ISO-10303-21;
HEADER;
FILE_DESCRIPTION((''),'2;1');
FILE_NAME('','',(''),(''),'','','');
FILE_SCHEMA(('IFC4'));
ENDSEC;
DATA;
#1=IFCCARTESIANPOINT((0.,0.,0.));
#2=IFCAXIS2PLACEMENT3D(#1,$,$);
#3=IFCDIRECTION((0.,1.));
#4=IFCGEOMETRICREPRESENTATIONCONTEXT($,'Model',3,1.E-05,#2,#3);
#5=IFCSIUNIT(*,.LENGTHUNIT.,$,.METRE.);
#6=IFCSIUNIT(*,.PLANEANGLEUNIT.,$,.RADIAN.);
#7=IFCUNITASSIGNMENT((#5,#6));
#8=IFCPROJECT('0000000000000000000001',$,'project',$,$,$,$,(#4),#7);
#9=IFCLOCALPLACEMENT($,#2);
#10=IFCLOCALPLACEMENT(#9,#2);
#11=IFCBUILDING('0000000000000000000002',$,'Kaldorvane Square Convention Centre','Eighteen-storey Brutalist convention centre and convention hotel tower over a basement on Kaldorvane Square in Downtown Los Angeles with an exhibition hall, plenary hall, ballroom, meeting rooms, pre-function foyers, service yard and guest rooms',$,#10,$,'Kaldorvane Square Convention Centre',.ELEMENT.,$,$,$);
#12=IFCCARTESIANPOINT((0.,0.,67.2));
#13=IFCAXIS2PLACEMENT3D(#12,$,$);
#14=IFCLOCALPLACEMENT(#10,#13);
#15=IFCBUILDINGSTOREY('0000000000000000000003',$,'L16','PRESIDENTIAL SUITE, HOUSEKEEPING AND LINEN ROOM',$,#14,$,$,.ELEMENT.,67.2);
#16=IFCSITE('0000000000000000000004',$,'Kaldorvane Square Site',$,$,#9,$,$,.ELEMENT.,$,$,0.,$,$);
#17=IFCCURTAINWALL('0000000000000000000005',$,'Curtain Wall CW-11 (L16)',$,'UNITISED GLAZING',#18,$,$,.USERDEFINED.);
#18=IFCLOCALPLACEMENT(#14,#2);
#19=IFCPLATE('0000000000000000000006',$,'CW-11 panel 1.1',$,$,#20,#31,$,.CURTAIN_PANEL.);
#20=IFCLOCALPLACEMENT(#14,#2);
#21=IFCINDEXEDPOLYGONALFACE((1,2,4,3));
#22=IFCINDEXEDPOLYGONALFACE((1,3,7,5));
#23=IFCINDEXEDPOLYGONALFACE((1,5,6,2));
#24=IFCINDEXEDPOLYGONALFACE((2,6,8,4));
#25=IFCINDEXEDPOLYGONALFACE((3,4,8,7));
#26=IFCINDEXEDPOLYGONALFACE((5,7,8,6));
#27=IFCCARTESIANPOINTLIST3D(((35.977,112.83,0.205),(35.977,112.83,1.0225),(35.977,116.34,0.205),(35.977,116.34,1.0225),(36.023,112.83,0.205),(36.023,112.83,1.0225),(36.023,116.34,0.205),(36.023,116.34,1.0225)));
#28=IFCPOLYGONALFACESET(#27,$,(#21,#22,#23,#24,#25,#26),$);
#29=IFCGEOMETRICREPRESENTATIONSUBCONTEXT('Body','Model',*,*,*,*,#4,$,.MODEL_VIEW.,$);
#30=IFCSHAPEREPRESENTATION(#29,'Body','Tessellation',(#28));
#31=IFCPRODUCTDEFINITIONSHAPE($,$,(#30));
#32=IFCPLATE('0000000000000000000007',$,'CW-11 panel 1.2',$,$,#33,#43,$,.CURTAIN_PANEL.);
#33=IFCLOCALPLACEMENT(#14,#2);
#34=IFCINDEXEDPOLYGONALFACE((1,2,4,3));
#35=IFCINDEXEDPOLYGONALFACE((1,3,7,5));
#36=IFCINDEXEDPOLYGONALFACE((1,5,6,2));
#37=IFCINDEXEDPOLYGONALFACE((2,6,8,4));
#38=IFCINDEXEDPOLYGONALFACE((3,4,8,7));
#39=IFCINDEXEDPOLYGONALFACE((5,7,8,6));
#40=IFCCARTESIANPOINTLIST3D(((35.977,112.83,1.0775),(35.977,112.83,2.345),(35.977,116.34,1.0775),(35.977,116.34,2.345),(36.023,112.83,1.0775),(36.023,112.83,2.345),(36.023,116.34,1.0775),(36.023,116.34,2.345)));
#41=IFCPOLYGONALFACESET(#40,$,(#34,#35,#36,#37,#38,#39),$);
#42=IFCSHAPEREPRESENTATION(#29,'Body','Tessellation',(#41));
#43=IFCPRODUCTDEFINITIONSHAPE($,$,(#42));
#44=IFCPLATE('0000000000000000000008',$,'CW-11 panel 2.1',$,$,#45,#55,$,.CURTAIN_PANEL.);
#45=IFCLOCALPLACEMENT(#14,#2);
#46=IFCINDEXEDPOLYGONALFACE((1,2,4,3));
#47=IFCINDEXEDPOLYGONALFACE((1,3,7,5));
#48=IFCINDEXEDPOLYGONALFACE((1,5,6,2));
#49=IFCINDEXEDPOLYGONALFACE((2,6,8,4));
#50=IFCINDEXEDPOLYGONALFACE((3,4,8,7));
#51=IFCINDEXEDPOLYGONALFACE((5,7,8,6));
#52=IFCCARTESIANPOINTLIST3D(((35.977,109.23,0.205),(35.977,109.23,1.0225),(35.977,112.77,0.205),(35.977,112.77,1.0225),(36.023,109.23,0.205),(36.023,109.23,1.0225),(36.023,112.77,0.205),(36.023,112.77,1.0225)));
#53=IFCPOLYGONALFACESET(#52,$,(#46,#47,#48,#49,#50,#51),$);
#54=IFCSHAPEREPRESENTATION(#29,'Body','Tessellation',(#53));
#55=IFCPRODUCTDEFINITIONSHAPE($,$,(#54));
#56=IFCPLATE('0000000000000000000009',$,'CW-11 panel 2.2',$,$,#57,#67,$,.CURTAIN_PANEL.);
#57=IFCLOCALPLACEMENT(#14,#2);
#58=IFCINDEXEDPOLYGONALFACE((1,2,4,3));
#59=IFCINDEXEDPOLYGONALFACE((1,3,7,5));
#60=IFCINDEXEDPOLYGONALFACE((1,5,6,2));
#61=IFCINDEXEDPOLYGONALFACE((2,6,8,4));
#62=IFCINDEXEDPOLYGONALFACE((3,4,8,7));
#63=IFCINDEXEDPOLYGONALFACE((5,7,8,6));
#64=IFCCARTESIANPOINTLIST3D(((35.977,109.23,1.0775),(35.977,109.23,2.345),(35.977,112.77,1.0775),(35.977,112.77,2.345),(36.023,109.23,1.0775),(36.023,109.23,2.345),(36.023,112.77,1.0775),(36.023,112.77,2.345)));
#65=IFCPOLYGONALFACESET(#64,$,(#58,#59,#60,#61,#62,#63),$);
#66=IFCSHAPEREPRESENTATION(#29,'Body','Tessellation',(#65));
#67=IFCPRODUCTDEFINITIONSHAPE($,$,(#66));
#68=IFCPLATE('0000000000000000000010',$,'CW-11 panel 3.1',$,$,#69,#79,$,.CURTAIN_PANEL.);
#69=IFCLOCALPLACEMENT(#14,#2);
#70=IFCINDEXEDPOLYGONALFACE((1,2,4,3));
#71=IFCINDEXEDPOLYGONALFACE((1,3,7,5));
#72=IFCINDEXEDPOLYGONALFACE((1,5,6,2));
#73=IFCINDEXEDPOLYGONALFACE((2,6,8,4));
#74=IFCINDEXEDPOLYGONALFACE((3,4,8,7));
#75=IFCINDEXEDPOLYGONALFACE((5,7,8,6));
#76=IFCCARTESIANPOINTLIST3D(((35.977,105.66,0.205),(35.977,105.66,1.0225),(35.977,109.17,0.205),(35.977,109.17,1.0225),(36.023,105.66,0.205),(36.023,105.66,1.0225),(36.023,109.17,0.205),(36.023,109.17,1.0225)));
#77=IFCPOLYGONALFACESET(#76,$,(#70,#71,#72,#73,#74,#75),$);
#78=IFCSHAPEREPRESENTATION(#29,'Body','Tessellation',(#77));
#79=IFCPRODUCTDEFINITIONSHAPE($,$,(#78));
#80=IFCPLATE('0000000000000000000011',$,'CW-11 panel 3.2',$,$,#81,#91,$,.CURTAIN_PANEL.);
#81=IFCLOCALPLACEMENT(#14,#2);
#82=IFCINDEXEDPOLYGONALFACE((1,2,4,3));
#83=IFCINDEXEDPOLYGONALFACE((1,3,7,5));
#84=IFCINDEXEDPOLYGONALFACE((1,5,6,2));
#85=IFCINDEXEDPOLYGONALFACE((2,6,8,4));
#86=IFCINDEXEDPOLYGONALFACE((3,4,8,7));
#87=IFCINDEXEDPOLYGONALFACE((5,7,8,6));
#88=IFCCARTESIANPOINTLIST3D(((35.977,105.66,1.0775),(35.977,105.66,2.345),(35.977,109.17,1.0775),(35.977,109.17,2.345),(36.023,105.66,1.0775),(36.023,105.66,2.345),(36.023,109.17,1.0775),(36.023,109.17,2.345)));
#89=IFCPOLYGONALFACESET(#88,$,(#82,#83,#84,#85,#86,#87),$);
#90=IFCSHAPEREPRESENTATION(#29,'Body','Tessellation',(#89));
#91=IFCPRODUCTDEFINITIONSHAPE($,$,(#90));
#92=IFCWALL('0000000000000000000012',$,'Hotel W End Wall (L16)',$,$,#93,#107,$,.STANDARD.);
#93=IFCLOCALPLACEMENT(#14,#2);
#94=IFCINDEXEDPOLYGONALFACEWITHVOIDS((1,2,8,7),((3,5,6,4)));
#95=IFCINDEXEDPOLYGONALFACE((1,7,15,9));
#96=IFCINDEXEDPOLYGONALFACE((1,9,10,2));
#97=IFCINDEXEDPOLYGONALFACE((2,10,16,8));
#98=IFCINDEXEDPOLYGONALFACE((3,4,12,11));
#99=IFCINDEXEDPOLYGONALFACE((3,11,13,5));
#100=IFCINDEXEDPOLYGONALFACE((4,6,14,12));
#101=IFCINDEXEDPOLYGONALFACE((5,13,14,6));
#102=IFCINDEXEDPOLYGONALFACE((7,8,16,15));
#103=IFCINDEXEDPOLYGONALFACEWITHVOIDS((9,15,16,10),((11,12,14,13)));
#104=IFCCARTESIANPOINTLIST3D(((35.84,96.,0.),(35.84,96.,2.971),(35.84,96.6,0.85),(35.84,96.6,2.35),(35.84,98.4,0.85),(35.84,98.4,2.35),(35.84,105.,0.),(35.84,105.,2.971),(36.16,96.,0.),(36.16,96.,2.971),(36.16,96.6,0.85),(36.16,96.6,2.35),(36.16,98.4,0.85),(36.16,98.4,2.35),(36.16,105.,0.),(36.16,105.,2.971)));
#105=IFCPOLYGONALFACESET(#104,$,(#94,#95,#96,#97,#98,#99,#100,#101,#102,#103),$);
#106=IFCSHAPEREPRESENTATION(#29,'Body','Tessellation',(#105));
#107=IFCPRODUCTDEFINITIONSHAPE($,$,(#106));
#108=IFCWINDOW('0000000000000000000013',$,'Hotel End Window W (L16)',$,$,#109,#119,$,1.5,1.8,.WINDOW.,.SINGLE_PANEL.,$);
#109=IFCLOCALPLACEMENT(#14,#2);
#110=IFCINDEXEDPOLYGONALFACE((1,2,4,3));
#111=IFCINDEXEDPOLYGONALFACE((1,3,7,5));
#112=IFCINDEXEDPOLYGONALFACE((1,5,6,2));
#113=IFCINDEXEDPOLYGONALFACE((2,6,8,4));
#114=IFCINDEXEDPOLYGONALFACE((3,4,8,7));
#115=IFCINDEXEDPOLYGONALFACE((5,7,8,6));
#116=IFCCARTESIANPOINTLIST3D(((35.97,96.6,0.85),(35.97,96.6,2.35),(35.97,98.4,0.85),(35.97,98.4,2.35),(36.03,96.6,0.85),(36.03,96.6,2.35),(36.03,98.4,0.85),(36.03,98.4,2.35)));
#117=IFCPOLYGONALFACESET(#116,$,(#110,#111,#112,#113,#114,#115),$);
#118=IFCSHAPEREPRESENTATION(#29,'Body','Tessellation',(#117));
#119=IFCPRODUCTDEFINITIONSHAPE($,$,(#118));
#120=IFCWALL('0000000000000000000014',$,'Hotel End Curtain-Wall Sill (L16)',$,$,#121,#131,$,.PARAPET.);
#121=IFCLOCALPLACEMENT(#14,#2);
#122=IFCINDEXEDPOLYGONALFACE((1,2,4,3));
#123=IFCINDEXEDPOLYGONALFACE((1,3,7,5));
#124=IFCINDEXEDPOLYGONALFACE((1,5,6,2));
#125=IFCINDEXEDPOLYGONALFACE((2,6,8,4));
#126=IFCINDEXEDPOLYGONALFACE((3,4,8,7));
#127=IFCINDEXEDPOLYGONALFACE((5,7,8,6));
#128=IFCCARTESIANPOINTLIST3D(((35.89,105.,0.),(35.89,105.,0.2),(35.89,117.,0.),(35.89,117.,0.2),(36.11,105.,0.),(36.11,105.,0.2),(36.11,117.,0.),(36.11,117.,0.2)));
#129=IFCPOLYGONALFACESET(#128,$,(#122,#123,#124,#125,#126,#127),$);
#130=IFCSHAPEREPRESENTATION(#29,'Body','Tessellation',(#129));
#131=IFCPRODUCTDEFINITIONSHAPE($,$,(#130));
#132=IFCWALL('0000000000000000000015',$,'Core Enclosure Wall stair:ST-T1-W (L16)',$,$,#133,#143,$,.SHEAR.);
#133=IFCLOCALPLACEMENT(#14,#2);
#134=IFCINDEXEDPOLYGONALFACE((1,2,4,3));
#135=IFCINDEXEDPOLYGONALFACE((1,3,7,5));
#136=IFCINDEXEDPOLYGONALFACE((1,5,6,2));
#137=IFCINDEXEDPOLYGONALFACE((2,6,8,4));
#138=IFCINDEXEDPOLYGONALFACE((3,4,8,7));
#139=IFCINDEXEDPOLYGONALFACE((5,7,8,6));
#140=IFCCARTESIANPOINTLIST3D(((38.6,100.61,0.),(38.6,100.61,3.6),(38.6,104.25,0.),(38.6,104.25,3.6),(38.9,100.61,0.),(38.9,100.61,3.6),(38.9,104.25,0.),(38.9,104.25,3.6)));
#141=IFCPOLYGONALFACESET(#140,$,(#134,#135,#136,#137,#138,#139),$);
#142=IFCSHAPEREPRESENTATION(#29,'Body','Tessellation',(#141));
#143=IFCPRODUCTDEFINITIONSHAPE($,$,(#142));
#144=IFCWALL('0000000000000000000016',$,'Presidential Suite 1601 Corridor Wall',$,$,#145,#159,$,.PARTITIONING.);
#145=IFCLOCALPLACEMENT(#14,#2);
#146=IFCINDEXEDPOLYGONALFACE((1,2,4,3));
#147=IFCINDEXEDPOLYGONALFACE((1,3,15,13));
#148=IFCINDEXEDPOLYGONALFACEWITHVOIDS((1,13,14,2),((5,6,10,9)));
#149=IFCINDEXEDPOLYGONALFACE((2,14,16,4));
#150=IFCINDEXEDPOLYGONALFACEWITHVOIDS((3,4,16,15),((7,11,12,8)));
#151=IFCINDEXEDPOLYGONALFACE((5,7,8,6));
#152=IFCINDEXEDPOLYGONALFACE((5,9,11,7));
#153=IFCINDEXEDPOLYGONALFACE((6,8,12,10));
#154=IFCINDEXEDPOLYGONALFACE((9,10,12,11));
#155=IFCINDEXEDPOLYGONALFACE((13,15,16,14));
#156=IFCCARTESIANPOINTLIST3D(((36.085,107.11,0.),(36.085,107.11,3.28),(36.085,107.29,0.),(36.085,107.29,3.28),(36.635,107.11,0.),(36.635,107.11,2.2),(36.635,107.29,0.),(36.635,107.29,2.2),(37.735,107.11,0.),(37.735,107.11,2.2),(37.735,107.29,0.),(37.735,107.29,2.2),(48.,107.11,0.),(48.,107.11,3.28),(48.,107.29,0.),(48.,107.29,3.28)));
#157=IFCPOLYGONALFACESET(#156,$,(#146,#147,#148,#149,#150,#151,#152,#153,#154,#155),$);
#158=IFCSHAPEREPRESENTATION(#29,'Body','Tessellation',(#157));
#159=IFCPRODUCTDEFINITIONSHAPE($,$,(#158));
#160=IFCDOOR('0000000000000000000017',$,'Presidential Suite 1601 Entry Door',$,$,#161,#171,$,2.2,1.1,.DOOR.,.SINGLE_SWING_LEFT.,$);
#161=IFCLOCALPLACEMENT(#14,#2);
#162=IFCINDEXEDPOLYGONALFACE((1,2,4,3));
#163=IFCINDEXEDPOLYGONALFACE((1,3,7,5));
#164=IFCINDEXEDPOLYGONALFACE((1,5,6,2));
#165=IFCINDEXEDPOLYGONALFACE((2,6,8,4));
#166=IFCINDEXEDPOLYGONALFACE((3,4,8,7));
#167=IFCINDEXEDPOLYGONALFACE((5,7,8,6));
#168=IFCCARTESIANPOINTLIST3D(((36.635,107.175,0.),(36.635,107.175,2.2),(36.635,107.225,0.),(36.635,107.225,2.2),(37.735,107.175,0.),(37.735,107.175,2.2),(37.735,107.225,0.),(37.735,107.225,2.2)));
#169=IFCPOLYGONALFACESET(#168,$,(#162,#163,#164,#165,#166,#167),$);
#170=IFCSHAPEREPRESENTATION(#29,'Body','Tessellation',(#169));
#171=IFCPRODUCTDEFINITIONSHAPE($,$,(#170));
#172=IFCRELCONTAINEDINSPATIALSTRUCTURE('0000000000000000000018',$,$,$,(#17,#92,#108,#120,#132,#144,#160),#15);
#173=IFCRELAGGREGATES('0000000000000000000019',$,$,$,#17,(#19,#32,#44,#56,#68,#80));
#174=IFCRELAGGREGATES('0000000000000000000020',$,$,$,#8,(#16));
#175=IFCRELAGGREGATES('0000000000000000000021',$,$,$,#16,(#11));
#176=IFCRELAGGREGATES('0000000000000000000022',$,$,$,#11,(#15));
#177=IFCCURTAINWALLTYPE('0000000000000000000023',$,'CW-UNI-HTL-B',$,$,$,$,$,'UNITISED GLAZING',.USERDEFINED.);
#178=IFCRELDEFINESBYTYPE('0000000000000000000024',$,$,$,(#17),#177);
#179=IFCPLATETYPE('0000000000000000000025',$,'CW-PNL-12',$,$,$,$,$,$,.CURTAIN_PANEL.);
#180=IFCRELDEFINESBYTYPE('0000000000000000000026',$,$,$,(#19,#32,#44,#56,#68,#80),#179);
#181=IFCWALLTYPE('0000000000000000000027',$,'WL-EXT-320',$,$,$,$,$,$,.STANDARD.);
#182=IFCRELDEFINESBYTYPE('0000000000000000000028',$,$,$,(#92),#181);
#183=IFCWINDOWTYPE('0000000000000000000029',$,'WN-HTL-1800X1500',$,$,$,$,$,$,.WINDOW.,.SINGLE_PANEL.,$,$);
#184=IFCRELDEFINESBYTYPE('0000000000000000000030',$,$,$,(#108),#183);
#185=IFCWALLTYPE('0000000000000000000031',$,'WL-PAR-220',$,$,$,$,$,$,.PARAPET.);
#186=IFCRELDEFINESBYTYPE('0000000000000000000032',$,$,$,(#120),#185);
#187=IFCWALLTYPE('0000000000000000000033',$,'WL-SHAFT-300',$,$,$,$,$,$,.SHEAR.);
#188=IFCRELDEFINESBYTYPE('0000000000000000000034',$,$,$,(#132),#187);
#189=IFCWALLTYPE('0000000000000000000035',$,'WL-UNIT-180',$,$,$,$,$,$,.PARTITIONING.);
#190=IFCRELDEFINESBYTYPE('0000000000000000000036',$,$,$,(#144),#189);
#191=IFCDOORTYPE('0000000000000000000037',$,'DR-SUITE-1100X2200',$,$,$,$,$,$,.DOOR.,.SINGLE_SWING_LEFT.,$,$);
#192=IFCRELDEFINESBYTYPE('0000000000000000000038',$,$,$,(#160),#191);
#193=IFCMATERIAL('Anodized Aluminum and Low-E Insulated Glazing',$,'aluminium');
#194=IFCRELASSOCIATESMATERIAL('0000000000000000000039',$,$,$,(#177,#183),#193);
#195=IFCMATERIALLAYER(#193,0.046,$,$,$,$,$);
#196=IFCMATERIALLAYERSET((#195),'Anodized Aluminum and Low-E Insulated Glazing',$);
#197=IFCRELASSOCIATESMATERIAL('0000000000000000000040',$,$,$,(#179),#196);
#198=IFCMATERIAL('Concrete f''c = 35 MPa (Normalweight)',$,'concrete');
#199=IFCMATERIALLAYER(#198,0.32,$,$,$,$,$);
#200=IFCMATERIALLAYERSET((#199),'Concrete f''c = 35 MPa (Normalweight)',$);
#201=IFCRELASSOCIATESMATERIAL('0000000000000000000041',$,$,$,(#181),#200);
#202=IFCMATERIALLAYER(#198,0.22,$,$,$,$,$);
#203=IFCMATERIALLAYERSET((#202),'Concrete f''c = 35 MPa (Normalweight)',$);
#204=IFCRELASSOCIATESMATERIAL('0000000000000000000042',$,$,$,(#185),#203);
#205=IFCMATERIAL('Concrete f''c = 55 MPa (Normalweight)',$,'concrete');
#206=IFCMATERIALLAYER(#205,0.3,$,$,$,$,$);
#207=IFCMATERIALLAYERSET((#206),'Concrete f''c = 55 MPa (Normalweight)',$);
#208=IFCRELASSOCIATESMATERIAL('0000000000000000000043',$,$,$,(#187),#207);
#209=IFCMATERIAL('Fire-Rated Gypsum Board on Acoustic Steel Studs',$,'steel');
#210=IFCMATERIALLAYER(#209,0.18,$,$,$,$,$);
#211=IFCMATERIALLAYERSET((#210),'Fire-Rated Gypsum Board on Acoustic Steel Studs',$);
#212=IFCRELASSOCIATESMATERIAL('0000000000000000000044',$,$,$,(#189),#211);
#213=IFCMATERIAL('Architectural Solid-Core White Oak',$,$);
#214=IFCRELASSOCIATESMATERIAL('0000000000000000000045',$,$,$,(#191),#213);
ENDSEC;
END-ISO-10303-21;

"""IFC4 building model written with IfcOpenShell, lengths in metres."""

from ifc_helpers import new_model, si_unit, direction, frame, frame_2d, origin, origin_2d, place, context, subcontext, project, spatial, rectangle, extrude, material, layer, layer_set, type_object, element, fill, aggregate, save


model = new_model("IFC4")

# Units and contexts
model_context = context("Model", 3, precision=1e-05, world=origin(), true_north=direction((0.0, 1.0)))
body_context = subcontext(model_context, "Body", "Model", "MODEL_VIEW")
ifc_project = project(units=[si_unit("LENGTHUNIT", "METRE"), si_unit("PLANEANGLEUNIT", "RADIAN")], contexts=[model_context])

# Site, building, storey
site_placement = place(None, origin())
site = spatial("IfcSite", under=ifc_project, at=site_placement, Name="Kaldorvane Square Site", CompositionType="ELEMENT", RefElevation=0.0)
building_placement = place(site_placement, origin())
building = spatial("IfcBuilding", under=site, at=building_placement, Name="Kaldorvane Square Convention Centre", Description="Eighteen-storey Brutalist convention centre and convention hotel tower over a basement on Kaldorvane Square in Downtown Los Angeles with an exhibition hall, plenary hall, ballroom, meeting rooms, pre-function foyers, service yard and guest rooms", LongName="Kaldorvane Square Convention Centre", CompositionType="ELEMENT")
storey_placement = place(building_placement, frame((0.0, 0.0, 67.2)))
storey = spatial("IfcBuildingStorey", under=building, at=storey_placement, Name="L16", Description="PRESIDENTIAL SUITE, HOUSEKEEPING AND LINEN ROOM", CompositionType="ELEMENT", Elevation=67.2)

# Curtain wall, plates
ifc_material_1 = material(Name="Anodized Aluminum and Low-E Insulated Glazing", Category="aluminium")
curtain_wall_type = type_object("IfcCurtainWallType", Name="CW-UNI-HTL-B", ElementType="UNITISED GLAZING", PredefinedType="USERDEFINED", material=ifc_material_1)
curtain_wall_placement = place(storey_placement, origin())
curtain_wall = element("IfcCurtainWall", 1, at=curtain_wall_placement, inside=storey, type_object=curtain_wall_type, Name="Curtain Wall CW-11 (L16)", ObjectType="UNITISED GLAZING", PredefinedType="USERDEFINED")
ifc_layer_1 = layer(ifc_material_1, 0.046)
ifc_layer_set_1 = layer_set([ifc_layer_1], Name="Anodized Aluminum and Low-E Insulated Glazing")
plate_type = type_object("IfcPlateType", Name="CW-PNL-12", PredefinedType="CURTAIN_PANEL", material=ifc_layer_set_1)
plate_1_placement = place(storey_placement, frame((36.0, 114.585, 0.205), z_axis=(0.0, 0.0, 1.0), x_axis=(0.0, -1.0, 0.0)))
plate_1 = element("IfcPlate", 2, at=plate_1_placement, type_object=plate_type, Name="CW-11 panel 1.1", PredefinedType="CURTAIN_PANEL", context=body_context, shape_type="SweptSolid", body=[
    extrude(rectangle(XDim=3.51, YDim=0.046, at=origin_2d()), origin(), (0.0, 0.0, 1.0), 0.8175),
])
plate_2_placement = place(storey_placement, frame((36.0, 114.585, 1.0775), z_axis=(0.0, 0.0, 1.0), x_axis=(0.0, -1.0, 0.0)))
plate_2 = element("IfcPlate", 3, at=plate_2_placement, type_object=plate_type, Name="CW-11 panel 1.2", PredefinedType="CURTAIN_PANEL", context=body_context, shape_type="SweptSolid", body=[
    extrude(rectangle(XDim=3.51, YDim=0.046, at=origin_2d()), origin(), (0.0, 0.0, 1.0), 1.2675),
])
plate_3_placement = place(storey_placement, frame((36.0, 111.0, 0.205), z_axis=(0.0, 0.0, 1.0), x_axis=(0.0, -1.0, 0.0)))
plate_3 = element("IfcPlate", 4, at=plate_3_placement, type_object=plate_type, Name="CW-11 panel 2.1", PredefinedType="CURTAIN_PANEL", context=body_context, shape_type="SweptSolid", body=[
    extrude(rectangle(XDim=3.54, YDim=0.046, at=origin_2d()), origin(), (0.0, 0.0, 1.0), 0.8175),
])
plate_4_placement = place(storey_placement, frame((36.0, 111.0, 1.0775), z_axis=(0.0, 0.0, 1.0), x_axis=(0.0, -1.0, 0.0)))
plate_4 = element("IfcPlate", 5, at=plate_4_placement, type_object=plate_type, Name="CW-11 panel 2.2", PredefinedType="CURTAIN_PANEL", context=body_context, shape_type="SweptSolid", body=[
    extrude(rectangle(XDim=3.54, YDim=0.046, at=origin_2d()), origin(), (0.0, 0.0, 1.0), 1.2675),
])
plate_5_placement = place(storey_placement, frame((36.0, 107.415, 0.205), z_axis=(0.0, 0.0, 1.0), x_axis=(0.0, -1.0, 0.0)))
plate_5 = element("IfcPlate", 6, at=plate_5_placement, type_object=plate_type, Name="CW-11 panel 3.1", PredefinedType="CURTAIN_PANEL", context=body_context, shape_type="SweptSolid", body=[
    extrude(rectangle(XDim=3.51, YDim=0.046, at=origin_2d()), origin(), (0.0, 0.0, 1.0), 0.8175),
])
plate_6_placement = place(storey_placement, frame((36.0, 107.415, 1.0775), z_axis=(0.0, 0.0, 1.0), x_axis=(0.0, -1.0, 0.0)))
plate_6 = element("IfcPlate", 7, at=plate_6_placement, type_object=plate_type, Name="CW-11 panel 3.2", PredefinedType="CURTAIN_PANEL", context=body_context, shape_type="SweptSolid", body=[
    extrude(rectangle(XDim=3.51, YDim=0.046, at=origin_2d()), origin(), (0.0, 0.0, 1.0), 1.2675),
])
aggregate(curtain_wall, [plate_1, plate_2, plate_3, plate_4, plate_5, plate_6])

# Wall, opening, window
ifc_material_2 = material(Name="Concrete f'c = 35 MPa (Normalweight)", Category="concrete")
ifc_layer_2 = layer(ifc_material_2, 0.32)
ifc_layer_set_2 = layer_set([ifc_layer_2], Name="Concrete f'c = 35 MPa (Normalweight)")
wall_type_1 = type_object("IfcWallType", Name="WL-EXT-320", PredefinedType="STANDARD", material=ifc_layer_set_2)
wall_1_placement = place(storey_placement, frame((36.0, 105.0, 0.0), z_axis=(0.0, 0.0, 1.0), x_axis=(0.0, -1.0, 0.0)))
wall_1 = element("IfcWall", 8, at=wall_1_placement, inside=storey, type_object=wall_type_1, Name="Hotel W End Wall (L16)", PredefinedType="STANDARD", context=body_context, shape_type="SweptSolid", body=[
    extrude(rectangle(XDim=9.0, YDim=0.32, at=frame_2d((4.5, 0.0))), origin(), (0.0, 0.0, 1.0), 2.971),
])
opening_1_placement = place(wall_1_placement, frame((6.6, 0.0, 0.85)))
opening_1 = element("IfcOpeningElement", 9, at=opening_1_placement, cuts=wall_1, PredefinedType="OPENING", context=body_context, shape_type="SweptSolid", body=[
    extrude(rectangle(XDim=1.8, YDim=1.5, at=frame_2d((0.9, 0.75))), frame((0.0, 0.175, 0.0), z_axis=(0.0, -1.0, 0.0), x_axis=(1.0, 0.0, 0.0)), (0.0, 0.0, 1.0), 0.35),
])
window_type = type_object("IfcWindowType", Name="WN-HTL-1800X1500", PartitioningType="SINGLE_PANEL", PredefinedType="WINDOW", material=ifc_material_1)
window_placement = place(opening_1_placement, origin())
window = element("IfcWindow", 10, at=window_placement, inside=storey, type_object=window_type, Name="Hotel End Window W (L16)", OverallHeight=1.5, OverallWidth=1.8, PartitioningType="SINGLE_PANEL", PredefinedType="WINDOW", context=body_context, shape_type="SweptSolid", body=[
    extrude(rectangle(XDim=1.8, YDim=1.5, at=frame_2d((0.9, 0.75))), frame((0.0, 0.03, 0.0), z_axis=(0.0, -1.0, 0.0), x_axis=(1.0, 0.0, 0.0)), (0.0, 0.0, 1.0), 0.06),
])
fill(opening_1, window)

# Walls
ifc_layer_3 = layer(ifc_material_2, 0.22)
ifc_layer_set_3 = layer_set([ifc_layer_3], Name="Concrete f'c = 35 MPa (Normalweight)")
wall_type_2 = type_object("IfcWallType", Name="WL-PAR-220", PredefinedType="PARAPET", material=ifc_layer_set_3)
wall_2_placement = place(storey_placement, frame((36.0, 117.0, 0.0), z_axis=(0.0, 0.0, 1.0), x_axis=(0.0, -1.0, 0.0)))
element("IfcWall", 11, at=wall_2_placement, inside=storey, type_object=wall_type_2, Name="Hotel End Curtain-Wall Sill (L16)", PredefinedType="PARAPET", context=body_context, shape_type="SweptSolid", body=[
    extrude(rectangle(XDim=12.0, YDim=0.22, at=frame_2d((6.0, 0.0))), origin(), (0.0, 0.0, 1.0), 0.2),
])
ifc_material_3 = material(Name="Concrete f'c = 55 MPa (Normalweight)", Category="concrete")
ifc_layer_4 = layer(ifc_material_3, 0.3)
ifc_layer_set_4 = layer_set([ifc_layer_4], Name="Concrete f'c = 55 MPa (Normalweight)")
wall_type_3 = type_object("IfcWallType", Name="WL-SHAFT-300", PredefinedType="SHEAR", material=ifc_layer_set_4)
wall_3_placement = place(storey_placement, frame((38.75, 104.25, 0.0), z_axis=(0.0, 0.0, 1.0), x_axis=(0.0, -1.0, 0.0)))
element("IfcWall", 12, at=wall_3_placement, inside=storey, type_object=wall_type_3, Name="Core Enclosure Wall stair:ST-T1-W (L16)", PredefinedType="SHEAR", context=body_context, shape_type="SweptSolid", body=[
    extrude(rectangle(XDim=3.64, YDim=0.3, at=frame_2d((1.82, 0.0))), origin(), (0.0, 0.0, 1.0), 3.6),
])

# Wall, opening, door
ifc_material_4 = material(Name="Fire-Rated Gypsum Board on Acoustic Steel Studs", Category="steel")
ifc_layer_5 = layer(ifc_material_4, 0.18)
ifc_layer_set_5 = layer_set([ifc_layer_5], Name="Fire-Rated Gypsum Board on Acoustic Steel Studs")
wall_type_4 = type_object("IfcWallType", Name="WL-UNIT-180", PredefinedType="PARTITIONING", material=ifc_layer_set_5)
wall_4_placement = place(storey_placement, frame((36.085, 107.2, 0.0), z_axis=(0.0, 0.0, 1.0), x_axis=(1.0, 0.0, 0.0)))
wall_4 = element("IfcWall", 13, at=wall_4_placement, inside=storey, type_object=wall_type_4, Name="Presidential Suite 1601 Corridor Wall", PredefinedType="PARTITIONING", context=body_context, shape_type="SweptSolid", body=[
    extrude(rectangle(XDim=11.915, YDim=0.18, at=frame_2d((5.9575, 0.0))), origin(), (0.0, 0.0, 1.0), 3.28),
])
opening_2_placement = place(wall_4_placement, frame((0.55, 0.0, 0.0)))
opening_2 = element("IfcOpeningElement", 14, at=opening_2_placement, cuts=wall_4, PredefinedType="OPENING", context=body_context, shape_type="SweptSolid", body=[
    extrude(rectangle(XDim=1.1, YDim=2.2, at=frame_2d((0.55, 1.1))), frame((0.0, 0.105, 0.0), z_axis=(0.0, -1.0, 0.0), x_axis=(1.0, 0.0, 0.0)), (0.0, 0.0, 1.0), 0.21),
])
ifc_material_5 = material(Name="Architectural Solid-Core White Oak")
door_type = type_object("IfcDoorType", Name="DR-SUITE-1100X2200", OperationType="SINGLE_SWING_LEFT", PredefinedType="DOOR", material=ifc_material_5)
door_placement = place(opening_2_placement, origin())
door = element("IfcDoor", 15, at=door_placement, inside=storey, type_object=door_type, Name="Presidential Suite 1601 Entry Door", OperationType="SINGLE_SWING_LEFT", OverallHeight=2.2, OverallWidth=1.1, PredefinedType="DOOR", context=body_context, shape_type="SweptSolid", body=[
    extrude(rectangle(XDim=1.1, YDim=2.2, at=frame_2d((0.55, 1.1))), frame((0.0, 0.025, 0.0), z_axis=(0.0, -1.0, 0.0), x_axis=(1.0, 0.0, 0.0)), (0.0, 0.0, 1.0), 0.05),
])
fill(opening_2, door)

save(model, "model.ifc")
